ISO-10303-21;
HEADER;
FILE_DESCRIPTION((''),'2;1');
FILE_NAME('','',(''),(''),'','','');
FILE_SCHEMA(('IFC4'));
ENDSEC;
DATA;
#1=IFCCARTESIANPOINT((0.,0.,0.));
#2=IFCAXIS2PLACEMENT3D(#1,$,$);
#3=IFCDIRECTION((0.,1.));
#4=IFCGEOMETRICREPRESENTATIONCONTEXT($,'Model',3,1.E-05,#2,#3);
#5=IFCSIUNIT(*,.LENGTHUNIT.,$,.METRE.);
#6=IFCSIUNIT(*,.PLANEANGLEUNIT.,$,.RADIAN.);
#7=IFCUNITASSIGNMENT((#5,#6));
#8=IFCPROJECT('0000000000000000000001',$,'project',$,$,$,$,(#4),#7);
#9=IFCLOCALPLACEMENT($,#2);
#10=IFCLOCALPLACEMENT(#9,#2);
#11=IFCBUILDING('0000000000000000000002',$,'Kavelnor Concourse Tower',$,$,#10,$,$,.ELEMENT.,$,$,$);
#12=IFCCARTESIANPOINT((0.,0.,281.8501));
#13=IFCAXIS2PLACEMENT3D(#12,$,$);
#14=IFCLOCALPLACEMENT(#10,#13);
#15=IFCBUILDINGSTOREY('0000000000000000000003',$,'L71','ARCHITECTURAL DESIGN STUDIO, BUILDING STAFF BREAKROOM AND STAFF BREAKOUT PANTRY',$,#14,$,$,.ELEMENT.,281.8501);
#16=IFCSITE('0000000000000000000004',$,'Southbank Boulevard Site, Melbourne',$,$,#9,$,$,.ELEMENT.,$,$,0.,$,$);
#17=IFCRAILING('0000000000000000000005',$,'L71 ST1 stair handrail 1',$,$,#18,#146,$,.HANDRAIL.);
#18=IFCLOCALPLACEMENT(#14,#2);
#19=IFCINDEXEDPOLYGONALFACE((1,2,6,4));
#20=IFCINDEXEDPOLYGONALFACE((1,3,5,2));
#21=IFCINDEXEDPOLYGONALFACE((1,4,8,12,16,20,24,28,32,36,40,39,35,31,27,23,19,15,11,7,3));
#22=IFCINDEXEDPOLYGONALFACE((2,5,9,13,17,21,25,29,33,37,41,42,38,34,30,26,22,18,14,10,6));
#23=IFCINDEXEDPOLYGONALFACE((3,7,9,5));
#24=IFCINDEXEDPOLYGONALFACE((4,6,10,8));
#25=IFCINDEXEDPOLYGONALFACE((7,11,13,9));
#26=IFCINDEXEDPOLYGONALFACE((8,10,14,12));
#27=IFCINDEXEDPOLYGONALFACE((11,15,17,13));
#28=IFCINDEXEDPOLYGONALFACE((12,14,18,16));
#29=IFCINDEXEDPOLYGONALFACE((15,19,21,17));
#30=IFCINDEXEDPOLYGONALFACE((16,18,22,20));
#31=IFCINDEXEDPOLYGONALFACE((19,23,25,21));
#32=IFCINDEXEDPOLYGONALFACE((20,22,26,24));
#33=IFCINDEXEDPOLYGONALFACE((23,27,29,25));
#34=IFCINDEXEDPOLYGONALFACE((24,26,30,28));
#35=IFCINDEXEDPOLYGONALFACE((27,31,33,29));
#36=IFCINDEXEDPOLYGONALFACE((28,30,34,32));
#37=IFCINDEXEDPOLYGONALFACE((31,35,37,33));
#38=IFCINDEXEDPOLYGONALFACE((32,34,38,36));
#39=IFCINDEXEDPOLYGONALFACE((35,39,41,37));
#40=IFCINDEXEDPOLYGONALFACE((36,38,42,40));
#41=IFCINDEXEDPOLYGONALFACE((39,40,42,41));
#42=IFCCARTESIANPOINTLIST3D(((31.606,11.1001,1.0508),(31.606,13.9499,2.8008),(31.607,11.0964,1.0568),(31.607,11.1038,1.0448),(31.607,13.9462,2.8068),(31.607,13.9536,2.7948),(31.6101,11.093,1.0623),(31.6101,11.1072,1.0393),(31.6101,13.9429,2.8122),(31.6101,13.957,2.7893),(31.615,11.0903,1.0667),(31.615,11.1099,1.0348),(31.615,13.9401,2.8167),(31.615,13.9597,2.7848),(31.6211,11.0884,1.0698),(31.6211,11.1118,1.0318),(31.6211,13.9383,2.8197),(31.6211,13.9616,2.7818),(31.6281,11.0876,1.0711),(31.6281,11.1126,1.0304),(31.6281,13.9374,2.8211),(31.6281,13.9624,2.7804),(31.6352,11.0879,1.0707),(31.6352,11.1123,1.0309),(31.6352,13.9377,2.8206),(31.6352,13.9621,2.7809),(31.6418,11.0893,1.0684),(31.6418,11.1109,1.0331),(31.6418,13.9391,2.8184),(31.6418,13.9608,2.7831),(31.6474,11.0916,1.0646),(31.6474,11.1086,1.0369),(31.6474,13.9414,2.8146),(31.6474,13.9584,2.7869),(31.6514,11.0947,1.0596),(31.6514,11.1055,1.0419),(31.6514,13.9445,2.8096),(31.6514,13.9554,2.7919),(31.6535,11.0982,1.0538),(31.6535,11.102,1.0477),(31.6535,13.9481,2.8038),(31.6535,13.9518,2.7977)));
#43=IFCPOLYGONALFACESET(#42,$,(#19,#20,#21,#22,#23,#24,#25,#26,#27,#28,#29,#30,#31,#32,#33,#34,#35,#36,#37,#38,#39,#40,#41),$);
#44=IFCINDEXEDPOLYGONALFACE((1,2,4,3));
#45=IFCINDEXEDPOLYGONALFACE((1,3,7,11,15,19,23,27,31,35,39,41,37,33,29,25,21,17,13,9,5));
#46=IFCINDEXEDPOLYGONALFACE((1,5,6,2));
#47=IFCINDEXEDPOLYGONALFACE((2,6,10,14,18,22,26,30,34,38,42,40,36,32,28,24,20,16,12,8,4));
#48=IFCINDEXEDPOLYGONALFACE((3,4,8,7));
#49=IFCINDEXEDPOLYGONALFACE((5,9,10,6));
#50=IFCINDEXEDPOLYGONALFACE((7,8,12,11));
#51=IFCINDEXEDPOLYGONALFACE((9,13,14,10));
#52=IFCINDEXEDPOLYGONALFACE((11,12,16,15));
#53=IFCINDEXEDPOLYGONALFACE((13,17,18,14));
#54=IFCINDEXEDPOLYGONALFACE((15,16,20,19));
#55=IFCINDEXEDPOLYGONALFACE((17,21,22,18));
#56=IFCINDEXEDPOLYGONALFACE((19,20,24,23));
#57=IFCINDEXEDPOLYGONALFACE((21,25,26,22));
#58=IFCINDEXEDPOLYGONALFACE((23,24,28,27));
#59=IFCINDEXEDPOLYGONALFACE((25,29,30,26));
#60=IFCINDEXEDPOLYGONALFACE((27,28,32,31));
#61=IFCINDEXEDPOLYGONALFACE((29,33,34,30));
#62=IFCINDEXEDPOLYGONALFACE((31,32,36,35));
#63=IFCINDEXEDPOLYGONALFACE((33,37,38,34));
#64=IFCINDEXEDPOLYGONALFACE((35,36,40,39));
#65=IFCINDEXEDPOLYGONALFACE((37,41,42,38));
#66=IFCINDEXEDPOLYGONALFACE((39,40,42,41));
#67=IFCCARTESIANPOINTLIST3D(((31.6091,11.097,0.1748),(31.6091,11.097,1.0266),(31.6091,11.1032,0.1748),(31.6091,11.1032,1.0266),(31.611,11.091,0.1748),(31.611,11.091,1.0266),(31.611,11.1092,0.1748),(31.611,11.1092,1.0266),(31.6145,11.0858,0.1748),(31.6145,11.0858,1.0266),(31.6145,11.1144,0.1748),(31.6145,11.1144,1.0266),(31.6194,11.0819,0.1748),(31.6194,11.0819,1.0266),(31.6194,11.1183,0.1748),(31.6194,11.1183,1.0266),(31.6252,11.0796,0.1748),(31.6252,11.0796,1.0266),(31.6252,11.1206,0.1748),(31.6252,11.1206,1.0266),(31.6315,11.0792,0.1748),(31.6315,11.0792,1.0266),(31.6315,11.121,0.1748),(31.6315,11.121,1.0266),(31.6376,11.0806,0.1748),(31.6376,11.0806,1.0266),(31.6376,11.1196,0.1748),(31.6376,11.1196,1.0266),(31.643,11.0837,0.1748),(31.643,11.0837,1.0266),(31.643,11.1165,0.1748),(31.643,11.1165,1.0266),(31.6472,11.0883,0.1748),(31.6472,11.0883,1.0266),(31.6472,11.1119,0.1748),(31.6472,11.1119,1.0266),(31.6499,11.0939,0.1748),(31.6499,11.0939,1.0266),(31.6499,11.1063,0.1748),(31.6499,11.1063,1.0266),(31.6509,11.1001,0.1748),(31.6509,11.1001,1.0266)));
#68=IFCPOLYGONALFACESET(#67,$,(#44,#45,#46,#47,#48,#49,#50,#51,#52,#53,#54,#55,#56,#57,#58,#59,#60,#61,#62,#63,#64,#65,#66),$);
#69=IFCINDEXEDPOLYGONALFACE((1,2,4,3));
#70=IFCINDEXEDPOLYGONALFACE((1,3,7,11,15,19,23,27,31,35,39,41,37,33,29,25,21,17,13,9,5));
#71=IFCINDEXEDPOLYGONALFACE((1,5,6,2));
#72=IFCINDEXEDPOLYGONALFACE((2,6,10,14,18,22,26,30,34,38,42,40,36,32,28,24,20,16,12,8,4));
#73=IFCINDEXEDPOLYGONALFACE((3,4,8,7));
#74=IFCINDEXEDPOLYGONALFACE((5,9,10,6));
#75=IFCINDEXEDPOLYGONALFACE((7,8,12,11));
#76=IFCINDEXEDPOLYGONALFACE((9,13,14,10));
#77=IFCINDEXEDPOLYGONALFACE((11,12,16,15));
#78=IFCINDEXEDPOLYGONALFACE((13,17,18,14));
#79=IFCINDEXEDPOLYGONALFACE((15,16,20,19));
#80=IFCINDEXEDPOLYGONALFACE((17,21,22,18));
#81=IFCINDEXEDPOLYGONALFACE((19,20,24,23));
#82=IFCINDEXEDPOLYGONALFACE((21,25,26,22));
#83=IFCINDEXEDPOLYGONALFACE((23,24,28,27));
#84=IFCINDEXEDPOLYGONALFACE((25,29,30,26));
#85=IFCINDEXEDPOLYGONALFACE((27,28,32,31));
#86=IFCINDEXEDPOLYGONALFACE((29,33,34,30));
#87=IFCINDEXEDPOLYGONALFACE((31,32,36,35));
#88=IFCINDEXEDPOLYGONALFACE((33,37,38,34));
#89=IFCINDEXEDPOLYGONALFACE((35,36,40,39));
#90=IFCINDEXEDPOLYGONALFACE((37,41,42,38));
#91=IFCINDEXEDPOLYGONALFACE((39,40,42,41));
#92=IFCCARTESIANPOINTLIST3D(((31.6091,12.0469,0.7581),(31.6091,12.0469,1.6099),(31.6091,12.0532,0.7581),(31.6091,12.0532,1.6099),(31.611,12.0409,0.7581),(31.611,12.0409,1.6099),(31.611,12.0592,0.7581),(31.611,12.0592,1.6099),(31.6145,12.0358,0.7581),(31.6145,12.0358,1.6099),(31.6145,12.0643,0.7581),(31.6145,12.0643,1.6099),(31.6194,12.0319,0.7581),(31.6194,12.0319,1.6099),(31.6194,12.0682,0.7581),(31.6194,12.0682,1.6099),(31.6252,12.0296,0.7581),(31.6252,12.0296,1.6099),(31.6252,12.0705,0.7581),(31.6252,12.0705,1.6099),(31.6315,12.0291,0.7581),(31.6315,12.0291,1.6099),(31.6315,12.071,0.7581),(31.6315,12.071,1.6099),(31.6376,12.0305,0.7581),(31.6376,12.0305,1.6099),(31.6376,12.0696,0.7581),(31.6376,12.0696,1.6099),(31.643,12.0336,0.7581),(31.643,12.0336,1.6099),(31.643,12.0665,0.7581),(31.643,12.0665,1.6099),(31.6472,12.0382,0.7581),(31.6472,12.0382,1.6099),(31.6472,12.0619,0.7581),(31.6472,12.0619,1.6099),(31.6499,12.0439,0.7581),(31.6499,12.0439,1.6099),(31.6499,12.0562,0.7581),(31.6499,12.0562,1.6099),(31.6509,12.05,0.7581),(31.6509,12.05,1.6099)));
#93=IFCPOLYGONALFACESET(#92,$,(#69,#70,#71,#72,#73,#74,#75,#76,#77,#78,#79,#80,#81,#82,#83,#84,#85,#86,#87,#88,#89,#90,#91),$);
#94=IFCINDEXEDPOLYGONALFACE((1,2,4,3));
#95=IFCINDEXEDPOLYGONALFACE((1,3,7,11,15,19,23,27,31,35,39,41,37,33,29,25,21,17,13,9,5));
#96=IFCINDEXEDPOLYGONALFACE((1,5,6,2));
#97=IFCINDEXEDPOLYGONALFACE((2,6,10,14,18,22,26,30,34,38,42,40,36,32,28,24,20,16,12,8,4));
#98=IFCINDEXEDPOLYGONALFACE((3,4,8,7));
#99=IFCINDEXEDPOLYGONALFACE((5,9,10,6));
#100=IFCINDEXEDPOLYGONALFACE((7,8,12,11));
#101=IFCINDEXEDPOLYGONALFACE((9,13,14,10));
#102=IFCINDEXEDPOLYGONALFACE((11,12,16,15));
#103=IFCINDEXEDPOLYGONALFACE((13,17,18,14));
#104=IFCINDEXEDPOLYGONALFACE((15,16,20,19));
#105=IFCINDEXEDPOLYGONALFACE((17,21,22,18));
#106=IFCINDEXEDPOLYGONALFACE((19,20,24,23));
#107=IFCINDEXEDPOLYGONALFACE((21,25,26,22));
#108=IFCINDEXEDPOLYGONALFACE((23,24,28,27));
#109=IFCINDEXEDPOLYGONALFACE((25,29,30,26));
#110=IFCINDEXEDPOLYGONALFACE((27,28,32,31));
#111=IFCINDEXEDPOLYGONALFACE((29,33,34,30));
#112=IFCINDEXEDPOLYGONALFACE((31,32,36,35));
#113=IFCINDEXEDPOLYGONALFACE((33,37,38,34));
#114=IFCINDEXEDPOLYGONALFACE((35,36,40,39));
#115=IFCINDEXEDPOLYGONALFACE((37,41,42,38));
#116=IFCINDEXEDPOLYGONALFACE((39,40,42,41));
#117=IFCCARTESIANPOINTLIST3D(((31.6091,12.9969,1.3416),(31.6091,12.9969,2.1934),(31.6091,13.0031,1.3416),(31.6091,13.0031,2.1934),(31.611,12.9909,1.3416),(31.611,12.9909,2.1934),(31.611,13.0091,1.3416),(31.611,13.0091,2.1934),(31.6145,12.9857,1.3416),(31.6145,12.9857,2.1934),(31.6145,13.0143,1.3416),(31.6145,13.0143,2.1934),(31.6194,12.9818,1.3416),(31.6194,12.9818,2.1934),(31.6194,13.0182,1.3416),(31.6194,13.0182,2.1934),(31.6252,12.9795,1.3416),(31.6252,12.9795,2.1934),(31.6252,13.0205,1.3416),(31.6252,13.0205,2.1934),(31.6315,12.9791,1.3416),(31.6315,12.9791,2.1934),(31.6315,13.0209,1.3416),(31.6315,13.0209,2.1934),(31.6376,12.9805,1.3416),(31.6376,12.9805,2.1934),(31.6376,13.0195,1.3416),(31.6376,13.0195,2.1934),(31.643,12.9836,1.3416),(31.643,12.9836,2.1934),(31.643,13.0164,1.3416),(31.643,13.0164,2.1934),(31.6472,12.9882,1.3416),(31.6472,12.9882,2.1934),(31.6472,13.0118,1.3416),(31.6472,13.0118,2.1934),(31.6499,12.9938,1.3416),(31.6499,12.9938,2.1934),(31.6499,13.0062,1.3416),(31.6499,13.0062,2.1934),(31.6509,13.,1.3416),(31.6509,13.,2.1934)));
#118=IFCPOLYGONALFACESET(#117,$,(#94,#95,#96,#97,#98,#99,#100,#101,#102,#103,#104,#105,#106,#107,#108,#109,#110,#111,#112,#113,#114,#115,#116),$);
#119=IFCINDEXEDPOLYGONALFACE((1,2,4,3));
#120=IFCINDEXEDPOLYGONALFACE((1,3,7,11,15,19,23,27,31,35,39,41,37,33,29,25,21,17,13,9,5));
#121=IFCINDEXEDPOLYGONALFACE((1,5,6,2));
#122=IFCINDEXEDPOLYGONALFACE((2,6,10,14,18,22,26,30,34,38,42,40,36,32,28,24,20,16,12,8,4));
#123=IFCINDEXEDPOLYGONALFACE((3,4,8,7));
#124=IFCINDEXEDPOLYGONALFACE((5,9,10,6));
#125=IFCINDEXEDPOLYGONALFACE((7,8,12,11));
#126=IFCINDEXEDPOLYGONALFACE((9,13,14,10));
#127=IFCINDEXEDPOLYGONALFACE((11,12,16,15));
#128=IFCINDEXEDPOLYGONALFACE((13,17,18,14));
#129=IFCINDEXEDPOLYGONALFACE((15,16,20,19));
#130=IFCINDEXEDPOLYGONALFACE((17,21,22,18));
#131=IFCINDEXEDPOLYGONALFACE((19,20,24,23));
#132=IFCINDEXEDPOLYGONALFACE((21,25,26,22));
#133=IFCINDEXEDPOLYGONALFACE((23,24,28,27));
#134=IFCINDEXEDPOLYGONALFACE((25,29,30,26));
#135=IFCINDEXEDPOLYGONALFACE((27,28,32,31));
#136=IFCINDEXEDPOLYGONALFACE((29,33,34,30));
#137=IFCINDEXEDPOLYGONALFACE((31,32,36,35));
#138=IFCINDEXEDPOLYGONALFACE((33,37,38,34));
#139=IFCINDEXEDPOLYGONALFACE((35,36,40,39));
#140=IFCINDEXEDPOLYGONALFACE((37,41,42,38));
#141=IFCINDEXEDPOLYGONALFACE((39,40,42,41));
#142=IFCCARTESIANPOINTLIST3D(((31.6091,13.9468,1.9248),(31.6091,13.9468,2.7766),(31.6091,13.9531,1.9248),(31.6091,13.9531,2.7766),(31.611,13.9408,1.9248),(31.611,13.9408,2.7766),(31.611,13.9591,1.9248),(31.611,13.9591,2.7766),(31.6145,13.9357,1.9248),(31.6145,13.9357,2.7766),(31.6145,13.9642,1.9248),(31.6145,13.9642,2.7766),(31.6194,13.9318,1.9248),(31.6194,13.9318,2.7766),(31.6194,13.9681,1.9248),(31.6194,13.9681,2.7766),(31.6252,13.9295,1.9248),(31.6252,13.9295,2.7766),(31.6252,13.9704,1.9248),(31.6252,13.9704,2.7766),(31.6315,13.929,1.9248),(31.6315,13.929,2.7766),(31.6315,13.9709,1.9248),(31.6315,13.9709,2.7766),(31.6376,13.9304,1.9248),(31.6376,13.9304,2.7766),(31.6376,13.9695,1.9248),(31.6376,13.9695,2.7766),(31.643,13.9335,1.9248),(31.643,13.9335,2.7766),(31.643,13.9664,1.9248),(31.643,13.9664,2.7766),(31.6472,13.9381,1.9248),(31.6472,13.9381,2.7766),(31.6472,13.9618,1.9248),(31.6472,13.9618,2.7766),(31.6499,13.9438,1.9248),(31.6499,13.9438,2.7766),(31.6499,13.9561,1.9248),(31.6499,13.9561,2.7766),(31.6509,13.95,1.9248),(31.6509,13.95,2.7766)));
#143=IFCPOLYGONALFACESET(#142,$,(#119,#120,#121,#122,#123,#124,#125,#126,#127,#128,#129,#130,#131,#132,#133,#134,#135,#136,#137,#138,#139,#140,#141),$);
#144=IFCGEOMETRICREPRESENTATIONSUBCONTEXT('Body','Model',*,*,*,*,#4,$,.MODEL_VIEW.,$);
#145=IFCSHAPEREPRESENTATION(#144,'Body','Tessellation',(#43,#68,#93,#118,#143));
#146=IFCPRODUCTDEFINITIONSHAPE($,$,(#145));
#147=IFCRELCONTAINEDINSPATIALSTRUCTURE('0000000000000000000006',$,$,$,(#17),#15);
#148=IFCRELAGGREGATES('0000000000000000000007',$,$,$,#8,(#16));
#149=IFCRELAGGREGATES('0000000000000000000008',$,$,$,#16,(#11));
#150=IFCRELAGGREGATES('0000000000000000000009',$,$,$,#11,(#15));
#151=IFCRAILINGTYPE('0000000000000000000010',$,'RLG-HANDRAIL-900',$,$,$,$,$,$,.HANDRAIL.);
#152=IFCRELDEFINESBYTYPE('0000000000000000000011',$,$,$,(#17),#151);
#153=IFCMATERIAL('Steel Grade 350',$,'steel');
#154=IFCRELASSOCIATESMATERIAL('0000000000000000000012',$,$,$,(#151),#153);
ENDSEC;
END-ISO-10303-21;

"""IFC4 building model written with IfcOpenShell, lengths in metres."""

from ifc_helpers import new_model, si_unit, direction, frame, origin, origin_2d, place, context, subcontext, project, spatial, circle, extrude, material, type_object, element, save


model = new_model("IFC4")

# Units and contexts
model_context = context("Model", 3, precision=1e-05, world=origin(), true_north=direction((0.0, 1.0)))
body_context = subcontext(model_context, "Body", "Model", "MODEL_VIEW")
ifc_project = project(units=[si_unit("LENGTHUNIT", "METRE"), si_unit("PLANEANGLEUNIT", "RADIAN")], contexts=[model_context])

# Site, building, storey
site_placement = place(None, origin())
site = spatial("IfcSite", under=ifc_project, at=site_placement, Name="Southbank Boulevard Site, Melbourne", CompositionType="ELEMENT", RefElevation=0.0)
building_placement = place(site_placement, origin())
building = spatial("IfcBuilding", under=site, at=building_placement, Name="Kavelnor Concourse Tower", CompositionType="ELEMENT")
storey_placement = place(building_placement, frame((0.0, 0.0, 281.8501)))
storey = spatial("IfcBuildingStorey", under=building, at=storey_placement, Name="L71", Description="ARCHITECTURAL DESIGN STUDIO, BUILDING STAFF BREAKROOM AND STAFF BREAKOUT PANTRY", CompositionType="ELEMENT", Elevation=281.8501)

# Shared definitions
ifc_material_1 = material(Name="Steel Grade 350", Category="steel")

# Railing
railing_type_1 = type_object("IfcRailingType", Name="RLG-HANDRAIL-900", PredefinedType="HANDRAIL", material=ifc_material_1)
railing_1_placement = place(storey_placement, frame((31.6299, 11.1001, 0.1748)))
element("IfcRailing", 1, at=railing_1_placement, inside=storey, type_object=railing_type_1, Name="L71 ST1 stair handrail 1", PredefinedType="HANDRAIL", context=body_context, shape_type="SweptSolid", body=[
    extrude(circle(Radius=0.0239, at=origin_2d()), frame((0.0, 0.0, 0.876), z_axis=(0.0, 0.852159, 0.523283), x_axis=(-1.0, 0.0, 0.0)), (0.0, 0.0, 1.0), 3.3442),
    extrude(circle(Radius=0.021, at=origin_2d()), origin(), (0.0, 0.0, 1.0), 0.8518),
    extrude(circle(Radius=0.021, at=origin_2d()), frame((0.0, 0.95, 0.5833)), (0.0, 0.0, 1.0), 0.8518),
    extrude(circle(Radius=0.021, at=origin_2d()), frame((0.0, 1.8999, 1.1667)), (0.0, 0.0, 1.0), 0.8518),
    extrude(circle(Radius=0.021, at=origin_2d()), frame((0.0, 2.8499, 1.75)), (0.0, 0.0, 1.0), 0.8518),
])

save(model, "model.ifc")
